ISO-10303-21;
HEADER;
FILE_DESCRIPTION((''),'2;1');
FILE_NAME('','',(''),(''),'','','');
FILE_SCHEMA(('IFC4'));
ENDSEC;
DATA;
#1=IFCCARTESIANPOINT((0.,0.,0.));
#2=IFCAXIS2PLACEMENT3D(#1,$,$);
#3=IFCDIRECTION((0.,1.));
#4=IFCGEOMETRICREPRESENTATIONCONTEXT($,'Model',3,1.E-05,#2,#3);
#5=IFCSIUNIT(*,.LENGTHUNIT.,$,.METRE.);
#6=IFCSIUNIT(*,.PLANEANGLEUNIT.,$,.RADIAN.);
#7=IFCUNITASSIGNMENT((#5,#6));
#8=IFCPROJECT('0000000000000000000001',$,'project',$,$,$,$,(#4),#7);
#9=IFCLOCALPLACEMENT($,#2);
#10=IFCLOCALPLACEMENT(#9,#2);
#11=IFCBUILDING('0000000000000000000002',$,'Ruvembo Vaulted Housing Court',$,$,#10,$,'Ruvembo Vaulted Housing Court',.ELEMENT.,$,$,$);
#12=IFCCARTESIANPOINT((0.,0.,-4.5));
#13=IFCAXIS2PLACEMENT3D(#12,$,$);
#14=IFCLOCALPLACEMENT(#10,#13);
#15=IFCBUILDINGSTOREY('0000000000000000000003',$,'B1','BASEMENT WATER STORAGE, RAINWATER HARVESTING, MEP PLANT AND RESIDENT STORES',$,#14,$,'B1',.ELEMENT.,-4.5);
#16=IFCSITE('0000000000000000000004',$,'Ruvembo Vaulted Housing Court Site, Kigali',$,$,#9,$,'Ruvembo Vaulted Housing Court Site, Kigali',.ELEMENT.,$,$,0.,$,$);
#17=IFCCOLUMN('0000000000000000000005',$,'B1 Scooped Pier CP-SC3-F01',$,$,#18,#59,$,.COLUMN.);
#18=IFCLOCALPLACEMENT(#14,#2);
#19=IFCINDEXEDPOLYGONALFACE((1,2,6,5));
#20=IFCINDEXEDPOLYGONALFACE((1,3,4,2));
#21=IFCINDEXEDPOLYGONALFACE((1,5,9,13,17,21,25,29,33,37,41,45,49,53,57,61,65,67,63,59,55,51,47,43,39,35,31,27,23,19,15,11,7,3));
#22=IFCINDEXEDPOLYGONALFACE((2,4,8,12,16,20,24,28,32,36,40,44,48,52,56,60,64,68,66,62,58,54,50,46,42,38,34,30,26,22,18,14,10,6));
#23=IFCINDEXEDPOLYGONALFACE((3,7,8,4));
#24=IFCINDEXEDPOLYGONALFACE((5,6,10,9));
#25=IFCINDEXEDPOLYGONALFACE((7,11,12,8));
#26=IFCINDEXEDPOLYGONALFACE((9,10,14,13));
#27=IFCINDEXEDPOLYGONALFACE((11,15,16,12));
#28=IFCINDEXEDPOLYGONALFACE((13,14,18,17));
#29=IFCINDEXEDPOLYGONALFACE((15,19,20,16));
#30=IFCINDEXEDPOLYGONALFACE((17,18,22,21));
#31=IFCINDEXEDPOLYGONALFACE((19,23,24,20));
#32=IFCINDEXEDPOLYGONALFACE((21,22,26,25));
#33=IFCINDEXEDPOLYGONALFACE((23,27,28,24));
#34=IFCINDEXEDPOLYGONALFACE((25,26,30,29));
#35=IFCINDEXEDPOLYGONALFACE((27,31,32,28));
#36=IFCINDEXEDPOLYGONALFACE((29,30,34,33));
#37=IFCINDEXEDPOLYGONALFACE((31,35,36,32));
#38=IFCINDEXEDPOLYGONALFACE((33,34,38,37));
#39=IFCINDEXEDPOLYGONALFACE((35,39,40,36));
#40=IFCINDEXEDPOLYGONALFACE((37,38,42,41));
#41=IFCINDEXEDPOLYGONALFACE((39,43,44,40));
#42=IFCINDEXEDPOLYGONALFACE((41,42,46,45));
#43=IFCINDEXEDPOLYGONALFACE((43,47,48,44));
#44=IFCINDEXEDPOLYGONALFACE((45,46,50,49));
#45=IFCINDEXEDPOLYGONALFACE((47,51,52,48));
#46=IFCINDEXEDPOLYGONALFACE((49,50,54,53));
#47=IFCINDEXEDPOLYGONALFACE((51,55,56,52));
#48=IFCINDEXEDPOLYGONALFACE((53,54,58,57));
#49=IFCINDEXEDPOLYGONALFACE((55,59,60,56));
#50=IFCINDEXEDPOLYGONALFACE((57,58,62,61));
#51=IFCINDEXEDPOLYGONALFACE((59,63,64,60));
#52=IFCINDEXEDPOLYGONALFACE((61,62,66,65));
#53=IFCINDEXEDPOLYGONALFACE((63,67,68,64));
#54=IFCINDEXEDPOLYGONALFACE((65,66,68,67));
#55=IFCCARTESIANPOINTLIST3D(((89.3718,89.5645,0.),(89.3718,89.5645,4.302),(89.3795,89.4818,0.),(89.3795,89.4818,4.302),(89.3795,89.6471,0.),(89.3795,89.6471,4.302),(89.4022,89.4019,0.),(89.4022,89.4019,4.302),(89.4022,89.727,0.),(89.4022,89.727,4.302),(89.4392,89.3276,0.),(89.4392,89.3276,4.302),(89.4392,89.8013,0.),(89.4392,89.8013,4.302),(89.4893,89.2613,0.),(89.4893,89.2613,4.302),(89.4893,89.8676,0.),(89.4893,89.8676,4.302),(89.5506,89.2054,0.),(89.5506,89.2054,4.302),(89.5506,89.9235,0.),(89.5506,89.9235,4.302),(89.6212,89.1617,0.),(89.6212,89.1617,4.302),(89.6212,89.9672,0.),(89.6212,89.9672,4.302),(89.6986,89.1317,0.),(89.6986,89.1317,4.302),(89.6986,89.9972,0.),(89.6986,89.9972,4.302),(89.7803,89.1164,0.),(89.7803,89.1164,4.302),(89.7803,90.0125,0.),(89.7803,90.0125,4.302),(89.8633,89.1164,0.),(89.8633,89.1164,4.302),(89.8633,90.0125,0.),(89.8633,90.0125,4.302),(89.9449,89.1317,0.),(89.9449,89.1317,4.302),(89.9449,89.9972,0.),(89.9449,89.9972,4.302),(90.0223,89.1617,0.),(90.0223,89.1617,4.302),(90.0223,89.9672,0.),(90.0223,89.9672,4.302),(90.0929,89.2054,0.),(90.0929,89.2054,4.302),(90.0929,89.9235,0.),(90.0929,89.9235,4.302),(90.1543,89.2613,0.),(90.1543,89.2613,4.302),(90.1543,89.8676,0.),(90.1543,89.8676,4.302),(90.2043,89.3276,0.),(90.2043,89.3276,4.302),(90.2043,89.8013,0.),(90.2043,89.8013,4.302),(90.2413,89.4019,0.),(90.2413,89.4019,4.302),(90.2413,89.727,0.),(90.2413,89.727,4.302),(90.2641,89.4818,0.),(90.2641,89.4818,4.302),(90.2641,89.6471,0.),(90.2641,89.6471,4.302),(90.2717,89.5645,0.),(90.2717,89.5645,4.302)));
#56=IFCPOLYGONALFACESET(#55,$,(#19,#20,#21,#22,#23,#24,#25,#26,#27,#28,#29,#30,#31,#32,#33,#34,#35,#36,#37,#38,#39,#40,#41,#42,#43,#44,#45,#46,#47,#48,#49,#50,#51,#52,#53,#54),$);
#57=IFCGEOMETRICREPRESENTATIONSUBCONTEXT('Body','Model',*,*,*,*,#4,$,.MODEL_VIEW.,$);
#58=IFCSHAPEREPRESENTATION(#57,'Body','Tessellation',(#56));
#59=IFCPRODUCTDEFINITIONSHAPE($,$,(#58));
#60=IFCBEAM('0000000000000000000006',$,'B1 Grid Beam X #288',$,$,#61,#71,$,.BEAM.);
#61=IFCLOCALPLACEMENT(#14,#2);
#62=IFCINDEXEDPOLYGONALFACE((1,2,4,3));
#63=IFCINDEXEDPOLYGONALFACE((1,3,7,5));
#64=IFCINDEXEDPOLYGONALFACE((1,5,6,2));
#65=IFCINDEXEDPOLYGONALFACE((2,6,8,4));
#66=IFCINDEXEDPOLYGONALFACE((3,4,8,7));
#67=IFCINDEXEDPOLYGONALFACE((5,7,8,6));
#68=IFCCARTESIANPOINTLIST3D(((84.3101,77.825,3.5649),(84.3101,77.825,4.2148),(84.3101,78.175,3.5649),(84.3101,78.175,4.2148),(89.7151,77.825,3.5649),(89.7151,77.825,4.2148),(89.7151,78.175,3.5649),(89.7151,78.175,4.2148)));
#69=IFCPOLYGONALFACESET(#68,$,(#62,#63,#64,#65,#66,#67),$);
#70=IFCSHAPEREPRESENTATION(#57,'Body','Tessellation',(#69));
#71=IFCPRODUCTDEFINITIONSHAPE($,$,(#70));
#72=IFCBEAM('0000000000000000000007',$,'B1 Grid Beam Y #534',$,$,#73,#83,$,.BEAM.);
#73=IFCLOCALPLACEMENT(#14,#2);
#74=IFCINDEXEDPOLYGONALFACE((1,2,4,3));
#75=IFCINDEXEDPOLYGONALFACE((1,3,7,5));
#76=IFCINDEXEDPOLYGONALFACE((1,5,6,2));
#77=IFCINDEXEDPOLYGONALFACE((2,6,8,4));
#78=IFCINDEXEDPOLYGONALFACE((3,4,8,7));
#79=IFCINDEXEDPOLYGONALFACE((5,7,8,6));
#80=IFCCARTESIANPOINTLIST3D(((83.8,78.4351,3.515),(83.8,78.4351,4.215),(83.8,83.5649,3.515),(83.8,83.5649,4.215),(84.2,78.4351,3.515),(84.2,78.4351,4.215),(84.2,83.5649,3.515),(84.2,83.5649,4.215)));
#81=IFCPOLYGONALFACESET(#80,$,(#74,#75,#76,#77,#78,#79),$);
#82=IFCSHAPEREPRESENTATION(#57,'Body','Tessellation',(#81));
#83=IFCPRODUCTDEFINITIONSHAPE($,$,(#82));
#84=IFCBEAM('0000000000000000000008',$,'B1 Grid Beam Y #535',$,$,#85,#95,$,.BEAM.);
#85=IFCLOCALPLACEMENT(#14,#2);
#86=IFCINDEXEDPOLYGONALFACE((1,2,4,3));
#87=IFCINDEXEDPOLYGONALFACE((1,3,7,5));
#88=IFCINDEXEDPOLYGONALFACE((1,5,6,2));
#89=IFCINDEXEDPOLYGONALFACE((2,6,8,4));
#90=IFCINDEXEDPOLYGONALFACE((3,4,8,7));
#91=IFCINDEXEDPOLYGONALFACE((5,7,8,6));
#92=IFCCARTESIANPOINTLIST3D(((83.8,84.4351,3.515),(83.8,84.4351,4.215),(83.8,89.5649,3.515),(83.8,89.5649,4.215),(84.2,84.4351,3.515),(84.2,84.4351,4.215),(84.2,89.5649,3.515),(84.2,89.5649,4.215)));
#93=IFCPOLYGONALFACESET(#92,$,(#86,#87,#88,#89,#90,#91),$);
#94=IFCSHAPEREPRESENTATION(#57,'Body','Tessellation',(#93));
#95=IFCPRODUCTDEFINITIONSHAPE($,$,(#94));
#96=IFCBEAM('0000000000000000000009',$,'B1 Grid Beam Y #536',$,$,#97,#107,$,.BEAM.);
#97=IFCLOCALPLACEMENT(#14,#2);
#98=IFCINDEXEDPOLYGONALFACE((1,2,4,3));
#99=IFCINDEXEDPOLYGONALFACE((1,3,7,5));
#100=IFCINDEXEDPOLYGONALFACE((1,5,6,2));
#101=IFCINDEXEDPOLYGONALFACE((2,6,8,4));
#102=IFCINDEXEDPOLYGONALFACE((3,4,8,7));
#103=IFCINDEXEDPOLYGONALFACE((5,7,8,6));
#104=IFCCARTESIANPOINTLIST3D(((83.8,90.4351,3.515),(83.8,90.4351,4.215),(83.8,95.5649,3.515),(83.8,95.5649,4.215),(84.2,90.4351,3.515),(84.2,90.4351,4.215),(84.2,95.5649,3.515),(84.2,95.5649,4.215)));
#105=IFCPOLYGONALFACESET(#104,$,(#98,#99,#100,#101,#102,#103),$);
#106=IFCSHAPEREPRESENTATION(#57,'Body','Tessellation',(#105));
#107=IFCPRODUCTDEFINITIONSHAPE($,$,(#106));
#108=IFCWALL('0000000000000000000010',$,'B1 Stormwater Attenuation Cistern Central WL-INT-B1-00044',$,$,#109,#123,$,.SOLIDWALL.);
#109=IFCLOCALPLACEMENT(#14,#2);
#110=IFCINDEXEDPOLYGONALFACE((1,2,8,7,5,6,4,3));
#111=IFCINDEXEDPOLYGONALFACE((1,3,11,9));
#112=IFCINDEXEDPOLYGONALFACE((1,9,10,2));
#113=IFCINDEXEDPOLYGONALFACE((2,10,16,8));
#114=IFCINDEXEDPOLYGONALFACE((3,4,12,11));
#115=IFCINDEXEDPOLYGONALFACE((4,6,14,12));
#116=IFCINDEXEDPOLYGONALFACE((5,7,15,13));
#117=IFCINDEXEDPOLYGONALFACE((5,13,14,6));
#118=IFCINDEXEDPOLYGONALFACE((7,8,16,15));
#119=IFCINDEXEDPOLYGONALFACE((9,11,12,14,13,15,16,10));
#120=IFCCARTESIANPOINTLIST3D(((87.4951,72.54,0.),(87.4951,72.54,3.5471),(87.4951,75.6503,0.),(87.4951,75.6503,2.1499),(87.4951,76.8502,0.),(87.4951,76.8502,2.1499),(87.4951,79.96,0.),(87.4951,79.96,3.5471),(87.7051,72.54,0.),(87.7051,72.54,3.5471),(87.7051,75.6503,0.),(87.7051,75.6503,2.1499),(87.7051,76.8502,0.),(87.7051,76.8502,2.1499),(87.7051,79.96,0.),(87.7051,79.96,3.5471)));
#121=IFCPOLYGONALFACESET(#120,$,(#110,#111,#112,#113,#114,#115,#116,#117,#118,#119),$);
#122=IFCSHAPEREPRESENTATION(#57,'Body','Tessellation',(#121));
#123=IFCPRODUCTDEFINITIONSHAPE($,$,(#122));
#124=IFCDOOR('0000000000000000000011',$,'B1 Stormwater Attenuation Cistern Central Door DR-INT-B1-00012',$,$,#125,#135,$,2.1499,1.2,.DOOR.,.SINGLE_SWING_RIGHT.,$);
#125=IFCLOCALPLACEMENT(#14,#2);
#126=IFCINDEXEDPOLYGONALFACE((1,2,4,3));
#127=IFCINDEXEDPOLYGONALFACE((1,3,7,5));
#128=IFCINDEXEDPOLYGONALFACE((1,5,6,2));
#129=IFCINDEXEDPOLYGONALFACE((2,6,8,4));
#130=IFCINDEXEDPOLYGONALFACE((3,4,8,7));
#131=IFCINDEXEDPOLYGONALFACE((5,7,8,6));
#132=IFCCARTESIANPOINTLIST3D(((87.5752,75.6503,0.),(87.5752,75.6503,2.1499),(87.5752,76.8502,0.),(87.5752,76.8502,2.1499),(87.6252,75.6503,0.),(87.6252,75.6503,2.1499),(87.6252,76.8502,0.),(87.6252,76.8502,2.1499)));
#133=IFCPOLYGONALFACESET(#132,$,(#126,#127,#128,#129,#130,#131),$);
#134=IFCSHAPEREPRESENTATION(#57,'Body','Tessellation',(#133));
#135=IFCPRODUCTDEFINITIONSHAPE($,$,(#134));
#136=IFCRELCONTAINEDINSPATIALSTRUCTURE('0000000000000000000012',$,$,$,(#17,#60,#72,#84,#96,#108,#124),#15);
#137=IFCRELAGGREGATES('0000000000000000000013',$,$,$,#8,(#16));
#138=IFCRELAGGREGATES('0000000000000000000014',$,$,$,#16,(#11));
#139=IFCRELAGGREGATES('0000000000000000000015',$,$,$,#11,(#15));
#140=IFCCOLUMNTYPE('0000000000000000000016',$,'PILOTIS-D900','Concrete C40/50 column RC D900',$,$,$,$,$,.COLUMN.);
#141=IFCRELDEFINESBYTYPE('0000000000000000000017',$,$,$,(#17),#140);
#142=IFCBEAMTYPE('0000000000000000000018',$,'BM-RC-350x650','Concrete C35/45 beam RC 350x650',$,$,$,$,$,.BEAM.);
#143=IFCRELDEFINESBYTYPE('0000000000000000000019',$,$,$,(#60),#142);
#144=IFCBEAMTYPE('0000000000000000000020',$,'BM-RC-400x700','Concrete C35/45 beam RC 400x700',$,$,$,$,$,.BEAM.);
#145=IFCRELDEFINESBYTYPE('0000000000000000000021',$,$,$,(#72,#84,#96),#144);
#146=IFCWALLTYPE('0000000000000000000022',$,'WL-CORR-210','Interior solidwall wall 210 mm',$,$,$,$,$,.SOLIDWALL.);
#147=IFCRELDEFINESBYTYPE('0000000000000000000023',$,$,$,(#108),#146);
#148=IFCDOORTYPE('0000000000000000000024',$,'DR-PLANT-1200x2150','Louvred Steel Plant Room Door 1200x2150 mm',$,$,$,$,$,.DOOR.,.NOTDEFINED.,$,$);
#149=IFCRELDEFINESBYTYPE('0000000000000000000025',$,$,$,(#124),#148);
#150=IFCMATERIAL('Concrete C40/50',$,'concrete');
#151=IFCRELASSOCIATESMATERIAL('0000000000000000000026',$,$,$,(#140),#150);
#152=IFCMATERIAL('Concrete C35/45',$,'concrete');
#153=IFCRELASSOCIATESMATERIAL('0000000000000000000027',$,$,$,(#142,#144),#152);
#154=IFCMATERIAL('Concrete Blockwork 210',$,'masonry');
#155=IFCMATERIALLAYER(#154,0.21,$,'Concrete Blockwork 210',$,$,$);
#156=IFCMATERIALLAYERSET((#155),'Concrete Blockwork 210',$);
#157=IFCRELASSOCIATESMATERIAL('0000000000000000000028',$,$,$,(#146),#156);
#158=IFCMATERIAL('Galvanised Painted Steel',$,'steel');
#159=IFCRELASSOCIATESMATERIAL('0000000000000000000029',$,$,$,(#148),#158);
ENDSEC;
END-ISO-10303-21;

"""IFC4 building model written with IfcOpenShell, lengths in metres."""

from ifc_helpers import new_model, si_unit, direction, frame, frame_2d, origin, origin_2d, place, context, subcontext, project, spatial, rectangle, circle, extrude, material, layer, layer_set, material_profile, profile_set, type_object, element, fill, save


model = new_model("IFC4")

# Units and contexts
model_context = context("Model", 3, precision=1e-05, world=origin(), true_north=direction((0.0, 1.0)))
body_context = subcontext(model_context, "Body", "Model", "MODEL_VIEW")
ifc_project = project(units=[si_unit("LENGTHUNIT", "METRE"), si_unit("PLANEANGLEUNIT", "RADIAN")], contexts=[model_context])

# Site, building, storey
site_placement = place(None, origin())
site = spatial("IfcSite", under=ifc_project, at=site_placement, Name="Ruvembo Vaulted Housing Court Site, Kigali", LongName="Ruvembo Vaulted Housing Court Site, Kigali", CompositionType="ELEMENT", RefElevation=0.0)
building_placement = place(site_placement, origin())
building = spatial("IfcBuilding", under=site, at=building_placement, Name="Ruvembo Vaulted Housing Court", LongName="Ruvembo Vaulted Housing Court", CompositionType="ELEMENT")
storey_placement = place(building_placement, frame((0.0, 0.0, -4.5)))
storey = spatial("IfcBuildingStorey", under=building, at=storey_placement, Name="B1", Description="BASEMENT WATER STORAGE, RAINWATER HARVESTING, MEP PLANT AND RESIDENT STORES", LongName="B1", CompositionType="ELEMENT", Elevation=-4.5)

# Shared definitions
ifc_material_1 = material(Name="Concrete C35/45", Category="concrete")

# Column
ifc_material_2 = material(Name="Concrete C40/50", Category="concrete")
ifc_material_profile_1 = material_profile(ifc_material_2, circle(Radius=0.45, at=origin_2d()), Name="RC D900")
ifc_profile_set_1 = profile_set([ifc_material_profile_1], Name="Concrete C40/50")
column_type_1 = type_object("IfcColumnType", Name="PILOTIS-D900", Description="Concrete C40/50 column RC D900", PredefinedType="COLUMN", material=ifc_profile_set_1)
column_1_placement = place(storey_placement, frame((89.8218, 89.5645, 0.0), z_axis=(0.0, 0.0, 1.0), x_axis=(1.0, 0.0, 0.0)))
element("IfcColumn", 1, at=column_1_placement, inside=storey, type_object=column_type_1, Name="B1 Scooped Pier CP-SC3-F01", PredefinedType="COLUMN", context=body_context, shape_type="SweptSolid", body=[
    extrude(circle(Radius=0.45, at=origin_2d()), origin(), (0.0, 0.0, 1.0), 4.302),
])

# Beams
ifc_material_profile_2 = material_profile(ifc_material_1, rectangle(XDim=0.3501, YDim=0.6499, at=origin_2d()), Name="RC 350x650")
ifc_profile_set_2 = profile_set([ifc_material_profile_2], Name="Concrete C35/45")
beam_type_1 = type_object("IfcBeamType", Name="BM-RC-350x650", Description="Concrete C35/45 beam RC 350x650", PredefinedType="BEAM", material=ifc_profile_set_2)
beam_placement = place(storey_placement, frame((84.3101, 78.0, 3.8899), z_axis=(1.0, 0.0, 0.0), x_axis=(0.0, 1.0, 0.0)))
element("IfcBeam", 2, at=beam_placement, inside=storey, type_object=beam_type_1, Name="B1 Grid Beam X #288", PredefinedType="BEAM", context=body_context, shape_type="SweptSolid", body=[
    extrude(rectangle(XDim=0.3501, YDim=0.6499, at=origin_2d()), origin(), (0.0, 0.0, 1.0), 5.405),
])
ifc_material_profile_3 = material_profile(ifc_material_1, rectangle(XDim=0.3999, YDim=0.7, at=origin_2d()), Name="RC 400x700")
ifc_profile_set_3 = profile_set([ifc_material_profile_3], Name="Concrete C35/45")
beam_type_2 = type_object("IfcBeamType", Name="BM-RC-400x700", Description="Concrete C35/45 beam RC 400x700", PredefinedType="BEAM", material=ifc_profile_set_3)
for number, where, z_axis, x_axis, name in (
    (3, (84.0, 78.4351, 3.865), (0.0, 1.0, 0.0), (-1.0, 0.0, 0.0), "B1 Grid Beam Y #534"),
    (4, (84.0, 84.4351, 3.865), (0.0, 1.0, 0.0), (-1.0, 0.0, 0.0), "B1 Grid Beam Y #535"),
    (5, (84.0, 90.4351, 3.865), (0.0, 1.0, 0.0), (-1.0, 0.0, 0.0), "B1 Grid Beam Y #536"),
):
    element("IfcBeam", number, at=place(storey_placement, frame(where, z_axis=z_axis, x_axis=x_axis)), inside=storey, type_object=beam_type_2, Name=name, PredefinedType="BEAM", context=body_context, shape_type="SweptSolid", body=[
        extrude(rectangle(XDim=0.3999, YDim=0.7, at=origin_2d()), origin(), (0.0, 0.0, 1.0), 5.1299),
    ])

# Wall, opening, door
ifc_material_3 = material(Name="Concrete Blockwork 210", Category="masonry")
ifc_layer = layer(ifc_material_3, 0.21, Name="Concrete Blockwork 210")
ifc_layer_set = layer_set([ifc_layer], Name="Concrete Blockwork 210")
wall_type = type_object("IfcWallType", Name="WL-CORR-210", Description="Interior solidwall wall 210 mm", PredefinedType="SOLIDWALL", material=ifc_layer_set)
wall_placement = place(storey_placement, frame((87.6001, 72.54, 0.0), z_axis=(0.0, 0.0, 1.0), x_axis=(0.0, 1.0, 0.0)))
wall = element("IfcWall", 6, at=wall_placement, inside=storey, type_object=wall_type, Name="B1 Stormwater Attenuation Cistern Central WL-INT-B1-00044", PredefinedType="SOLIDWALL", context=body_context, shape_type="SweptSolid", body=[
    extrude(rectangle(XDim=7.4199, YDim=0.21, at=frame_2d((3.71, 0.0))), origin(), (0.0, 0.0, 1.0), 3.5471),
])
opening_placement = place(wall_placement, frame((3.1101, 0.0, 0.0)))
opening = element("IfcOpeningElement", 7, at=opening_placement, cuts=wall, PredefinedType="OPENING", context=body_context, shape_type="SweptSolid", body=[
    extrude(rectangle(XDim=1.2, YDim=2.1499, at=frame_2d((0.6001, 1.075))), frame((0.0, 0.115, 0.0), z_axis=(0.0, -1.0, 0.0), x_axis=(1.0, 0.0, 0.0)), (0.0, 0.0, 1.0), 0.23),
])
ifc_material_4 = material(Name="Galvanised Painted Steel", Category="steel")
door_type = type_object("IfcDoorType", Name="DR-PLANT-1200x2150", Description="Louvred Steel Plant Room Door 1200x2150 mm", OperationType="NOTDEFINED", PredefinedType="DOOR", material=ifc_material_4)
door_placement = place(opening_placement, origin())
door = element("IfcDoor", 8, at=door_placement, inside=storey, type_object=door_type, Name="B1 Stormwater Attenuation Cistern Central Door DR-INT-B1-00012", OperationType="SINGLE_SWING_RIGHT", OverallHeight=2.1499, OverallWidth=1.2, PredefinedType="DOOR", context=body_context, shape_type="SweptSolid", body=[
    extrude(rectangle(XDim=1.2, YDim=2.1499, at=frame_2d((0.6001, 1.075))), frame((0.0, 0.0249, 0.0), z_axis=(0.0, -1.0, 0.0), x_axis=(1.0, 0.0, 0.0)), (0.0, 0.0, 1.0), 0.05),
])
fill(opening, door)

save(model, "model.ifc")
